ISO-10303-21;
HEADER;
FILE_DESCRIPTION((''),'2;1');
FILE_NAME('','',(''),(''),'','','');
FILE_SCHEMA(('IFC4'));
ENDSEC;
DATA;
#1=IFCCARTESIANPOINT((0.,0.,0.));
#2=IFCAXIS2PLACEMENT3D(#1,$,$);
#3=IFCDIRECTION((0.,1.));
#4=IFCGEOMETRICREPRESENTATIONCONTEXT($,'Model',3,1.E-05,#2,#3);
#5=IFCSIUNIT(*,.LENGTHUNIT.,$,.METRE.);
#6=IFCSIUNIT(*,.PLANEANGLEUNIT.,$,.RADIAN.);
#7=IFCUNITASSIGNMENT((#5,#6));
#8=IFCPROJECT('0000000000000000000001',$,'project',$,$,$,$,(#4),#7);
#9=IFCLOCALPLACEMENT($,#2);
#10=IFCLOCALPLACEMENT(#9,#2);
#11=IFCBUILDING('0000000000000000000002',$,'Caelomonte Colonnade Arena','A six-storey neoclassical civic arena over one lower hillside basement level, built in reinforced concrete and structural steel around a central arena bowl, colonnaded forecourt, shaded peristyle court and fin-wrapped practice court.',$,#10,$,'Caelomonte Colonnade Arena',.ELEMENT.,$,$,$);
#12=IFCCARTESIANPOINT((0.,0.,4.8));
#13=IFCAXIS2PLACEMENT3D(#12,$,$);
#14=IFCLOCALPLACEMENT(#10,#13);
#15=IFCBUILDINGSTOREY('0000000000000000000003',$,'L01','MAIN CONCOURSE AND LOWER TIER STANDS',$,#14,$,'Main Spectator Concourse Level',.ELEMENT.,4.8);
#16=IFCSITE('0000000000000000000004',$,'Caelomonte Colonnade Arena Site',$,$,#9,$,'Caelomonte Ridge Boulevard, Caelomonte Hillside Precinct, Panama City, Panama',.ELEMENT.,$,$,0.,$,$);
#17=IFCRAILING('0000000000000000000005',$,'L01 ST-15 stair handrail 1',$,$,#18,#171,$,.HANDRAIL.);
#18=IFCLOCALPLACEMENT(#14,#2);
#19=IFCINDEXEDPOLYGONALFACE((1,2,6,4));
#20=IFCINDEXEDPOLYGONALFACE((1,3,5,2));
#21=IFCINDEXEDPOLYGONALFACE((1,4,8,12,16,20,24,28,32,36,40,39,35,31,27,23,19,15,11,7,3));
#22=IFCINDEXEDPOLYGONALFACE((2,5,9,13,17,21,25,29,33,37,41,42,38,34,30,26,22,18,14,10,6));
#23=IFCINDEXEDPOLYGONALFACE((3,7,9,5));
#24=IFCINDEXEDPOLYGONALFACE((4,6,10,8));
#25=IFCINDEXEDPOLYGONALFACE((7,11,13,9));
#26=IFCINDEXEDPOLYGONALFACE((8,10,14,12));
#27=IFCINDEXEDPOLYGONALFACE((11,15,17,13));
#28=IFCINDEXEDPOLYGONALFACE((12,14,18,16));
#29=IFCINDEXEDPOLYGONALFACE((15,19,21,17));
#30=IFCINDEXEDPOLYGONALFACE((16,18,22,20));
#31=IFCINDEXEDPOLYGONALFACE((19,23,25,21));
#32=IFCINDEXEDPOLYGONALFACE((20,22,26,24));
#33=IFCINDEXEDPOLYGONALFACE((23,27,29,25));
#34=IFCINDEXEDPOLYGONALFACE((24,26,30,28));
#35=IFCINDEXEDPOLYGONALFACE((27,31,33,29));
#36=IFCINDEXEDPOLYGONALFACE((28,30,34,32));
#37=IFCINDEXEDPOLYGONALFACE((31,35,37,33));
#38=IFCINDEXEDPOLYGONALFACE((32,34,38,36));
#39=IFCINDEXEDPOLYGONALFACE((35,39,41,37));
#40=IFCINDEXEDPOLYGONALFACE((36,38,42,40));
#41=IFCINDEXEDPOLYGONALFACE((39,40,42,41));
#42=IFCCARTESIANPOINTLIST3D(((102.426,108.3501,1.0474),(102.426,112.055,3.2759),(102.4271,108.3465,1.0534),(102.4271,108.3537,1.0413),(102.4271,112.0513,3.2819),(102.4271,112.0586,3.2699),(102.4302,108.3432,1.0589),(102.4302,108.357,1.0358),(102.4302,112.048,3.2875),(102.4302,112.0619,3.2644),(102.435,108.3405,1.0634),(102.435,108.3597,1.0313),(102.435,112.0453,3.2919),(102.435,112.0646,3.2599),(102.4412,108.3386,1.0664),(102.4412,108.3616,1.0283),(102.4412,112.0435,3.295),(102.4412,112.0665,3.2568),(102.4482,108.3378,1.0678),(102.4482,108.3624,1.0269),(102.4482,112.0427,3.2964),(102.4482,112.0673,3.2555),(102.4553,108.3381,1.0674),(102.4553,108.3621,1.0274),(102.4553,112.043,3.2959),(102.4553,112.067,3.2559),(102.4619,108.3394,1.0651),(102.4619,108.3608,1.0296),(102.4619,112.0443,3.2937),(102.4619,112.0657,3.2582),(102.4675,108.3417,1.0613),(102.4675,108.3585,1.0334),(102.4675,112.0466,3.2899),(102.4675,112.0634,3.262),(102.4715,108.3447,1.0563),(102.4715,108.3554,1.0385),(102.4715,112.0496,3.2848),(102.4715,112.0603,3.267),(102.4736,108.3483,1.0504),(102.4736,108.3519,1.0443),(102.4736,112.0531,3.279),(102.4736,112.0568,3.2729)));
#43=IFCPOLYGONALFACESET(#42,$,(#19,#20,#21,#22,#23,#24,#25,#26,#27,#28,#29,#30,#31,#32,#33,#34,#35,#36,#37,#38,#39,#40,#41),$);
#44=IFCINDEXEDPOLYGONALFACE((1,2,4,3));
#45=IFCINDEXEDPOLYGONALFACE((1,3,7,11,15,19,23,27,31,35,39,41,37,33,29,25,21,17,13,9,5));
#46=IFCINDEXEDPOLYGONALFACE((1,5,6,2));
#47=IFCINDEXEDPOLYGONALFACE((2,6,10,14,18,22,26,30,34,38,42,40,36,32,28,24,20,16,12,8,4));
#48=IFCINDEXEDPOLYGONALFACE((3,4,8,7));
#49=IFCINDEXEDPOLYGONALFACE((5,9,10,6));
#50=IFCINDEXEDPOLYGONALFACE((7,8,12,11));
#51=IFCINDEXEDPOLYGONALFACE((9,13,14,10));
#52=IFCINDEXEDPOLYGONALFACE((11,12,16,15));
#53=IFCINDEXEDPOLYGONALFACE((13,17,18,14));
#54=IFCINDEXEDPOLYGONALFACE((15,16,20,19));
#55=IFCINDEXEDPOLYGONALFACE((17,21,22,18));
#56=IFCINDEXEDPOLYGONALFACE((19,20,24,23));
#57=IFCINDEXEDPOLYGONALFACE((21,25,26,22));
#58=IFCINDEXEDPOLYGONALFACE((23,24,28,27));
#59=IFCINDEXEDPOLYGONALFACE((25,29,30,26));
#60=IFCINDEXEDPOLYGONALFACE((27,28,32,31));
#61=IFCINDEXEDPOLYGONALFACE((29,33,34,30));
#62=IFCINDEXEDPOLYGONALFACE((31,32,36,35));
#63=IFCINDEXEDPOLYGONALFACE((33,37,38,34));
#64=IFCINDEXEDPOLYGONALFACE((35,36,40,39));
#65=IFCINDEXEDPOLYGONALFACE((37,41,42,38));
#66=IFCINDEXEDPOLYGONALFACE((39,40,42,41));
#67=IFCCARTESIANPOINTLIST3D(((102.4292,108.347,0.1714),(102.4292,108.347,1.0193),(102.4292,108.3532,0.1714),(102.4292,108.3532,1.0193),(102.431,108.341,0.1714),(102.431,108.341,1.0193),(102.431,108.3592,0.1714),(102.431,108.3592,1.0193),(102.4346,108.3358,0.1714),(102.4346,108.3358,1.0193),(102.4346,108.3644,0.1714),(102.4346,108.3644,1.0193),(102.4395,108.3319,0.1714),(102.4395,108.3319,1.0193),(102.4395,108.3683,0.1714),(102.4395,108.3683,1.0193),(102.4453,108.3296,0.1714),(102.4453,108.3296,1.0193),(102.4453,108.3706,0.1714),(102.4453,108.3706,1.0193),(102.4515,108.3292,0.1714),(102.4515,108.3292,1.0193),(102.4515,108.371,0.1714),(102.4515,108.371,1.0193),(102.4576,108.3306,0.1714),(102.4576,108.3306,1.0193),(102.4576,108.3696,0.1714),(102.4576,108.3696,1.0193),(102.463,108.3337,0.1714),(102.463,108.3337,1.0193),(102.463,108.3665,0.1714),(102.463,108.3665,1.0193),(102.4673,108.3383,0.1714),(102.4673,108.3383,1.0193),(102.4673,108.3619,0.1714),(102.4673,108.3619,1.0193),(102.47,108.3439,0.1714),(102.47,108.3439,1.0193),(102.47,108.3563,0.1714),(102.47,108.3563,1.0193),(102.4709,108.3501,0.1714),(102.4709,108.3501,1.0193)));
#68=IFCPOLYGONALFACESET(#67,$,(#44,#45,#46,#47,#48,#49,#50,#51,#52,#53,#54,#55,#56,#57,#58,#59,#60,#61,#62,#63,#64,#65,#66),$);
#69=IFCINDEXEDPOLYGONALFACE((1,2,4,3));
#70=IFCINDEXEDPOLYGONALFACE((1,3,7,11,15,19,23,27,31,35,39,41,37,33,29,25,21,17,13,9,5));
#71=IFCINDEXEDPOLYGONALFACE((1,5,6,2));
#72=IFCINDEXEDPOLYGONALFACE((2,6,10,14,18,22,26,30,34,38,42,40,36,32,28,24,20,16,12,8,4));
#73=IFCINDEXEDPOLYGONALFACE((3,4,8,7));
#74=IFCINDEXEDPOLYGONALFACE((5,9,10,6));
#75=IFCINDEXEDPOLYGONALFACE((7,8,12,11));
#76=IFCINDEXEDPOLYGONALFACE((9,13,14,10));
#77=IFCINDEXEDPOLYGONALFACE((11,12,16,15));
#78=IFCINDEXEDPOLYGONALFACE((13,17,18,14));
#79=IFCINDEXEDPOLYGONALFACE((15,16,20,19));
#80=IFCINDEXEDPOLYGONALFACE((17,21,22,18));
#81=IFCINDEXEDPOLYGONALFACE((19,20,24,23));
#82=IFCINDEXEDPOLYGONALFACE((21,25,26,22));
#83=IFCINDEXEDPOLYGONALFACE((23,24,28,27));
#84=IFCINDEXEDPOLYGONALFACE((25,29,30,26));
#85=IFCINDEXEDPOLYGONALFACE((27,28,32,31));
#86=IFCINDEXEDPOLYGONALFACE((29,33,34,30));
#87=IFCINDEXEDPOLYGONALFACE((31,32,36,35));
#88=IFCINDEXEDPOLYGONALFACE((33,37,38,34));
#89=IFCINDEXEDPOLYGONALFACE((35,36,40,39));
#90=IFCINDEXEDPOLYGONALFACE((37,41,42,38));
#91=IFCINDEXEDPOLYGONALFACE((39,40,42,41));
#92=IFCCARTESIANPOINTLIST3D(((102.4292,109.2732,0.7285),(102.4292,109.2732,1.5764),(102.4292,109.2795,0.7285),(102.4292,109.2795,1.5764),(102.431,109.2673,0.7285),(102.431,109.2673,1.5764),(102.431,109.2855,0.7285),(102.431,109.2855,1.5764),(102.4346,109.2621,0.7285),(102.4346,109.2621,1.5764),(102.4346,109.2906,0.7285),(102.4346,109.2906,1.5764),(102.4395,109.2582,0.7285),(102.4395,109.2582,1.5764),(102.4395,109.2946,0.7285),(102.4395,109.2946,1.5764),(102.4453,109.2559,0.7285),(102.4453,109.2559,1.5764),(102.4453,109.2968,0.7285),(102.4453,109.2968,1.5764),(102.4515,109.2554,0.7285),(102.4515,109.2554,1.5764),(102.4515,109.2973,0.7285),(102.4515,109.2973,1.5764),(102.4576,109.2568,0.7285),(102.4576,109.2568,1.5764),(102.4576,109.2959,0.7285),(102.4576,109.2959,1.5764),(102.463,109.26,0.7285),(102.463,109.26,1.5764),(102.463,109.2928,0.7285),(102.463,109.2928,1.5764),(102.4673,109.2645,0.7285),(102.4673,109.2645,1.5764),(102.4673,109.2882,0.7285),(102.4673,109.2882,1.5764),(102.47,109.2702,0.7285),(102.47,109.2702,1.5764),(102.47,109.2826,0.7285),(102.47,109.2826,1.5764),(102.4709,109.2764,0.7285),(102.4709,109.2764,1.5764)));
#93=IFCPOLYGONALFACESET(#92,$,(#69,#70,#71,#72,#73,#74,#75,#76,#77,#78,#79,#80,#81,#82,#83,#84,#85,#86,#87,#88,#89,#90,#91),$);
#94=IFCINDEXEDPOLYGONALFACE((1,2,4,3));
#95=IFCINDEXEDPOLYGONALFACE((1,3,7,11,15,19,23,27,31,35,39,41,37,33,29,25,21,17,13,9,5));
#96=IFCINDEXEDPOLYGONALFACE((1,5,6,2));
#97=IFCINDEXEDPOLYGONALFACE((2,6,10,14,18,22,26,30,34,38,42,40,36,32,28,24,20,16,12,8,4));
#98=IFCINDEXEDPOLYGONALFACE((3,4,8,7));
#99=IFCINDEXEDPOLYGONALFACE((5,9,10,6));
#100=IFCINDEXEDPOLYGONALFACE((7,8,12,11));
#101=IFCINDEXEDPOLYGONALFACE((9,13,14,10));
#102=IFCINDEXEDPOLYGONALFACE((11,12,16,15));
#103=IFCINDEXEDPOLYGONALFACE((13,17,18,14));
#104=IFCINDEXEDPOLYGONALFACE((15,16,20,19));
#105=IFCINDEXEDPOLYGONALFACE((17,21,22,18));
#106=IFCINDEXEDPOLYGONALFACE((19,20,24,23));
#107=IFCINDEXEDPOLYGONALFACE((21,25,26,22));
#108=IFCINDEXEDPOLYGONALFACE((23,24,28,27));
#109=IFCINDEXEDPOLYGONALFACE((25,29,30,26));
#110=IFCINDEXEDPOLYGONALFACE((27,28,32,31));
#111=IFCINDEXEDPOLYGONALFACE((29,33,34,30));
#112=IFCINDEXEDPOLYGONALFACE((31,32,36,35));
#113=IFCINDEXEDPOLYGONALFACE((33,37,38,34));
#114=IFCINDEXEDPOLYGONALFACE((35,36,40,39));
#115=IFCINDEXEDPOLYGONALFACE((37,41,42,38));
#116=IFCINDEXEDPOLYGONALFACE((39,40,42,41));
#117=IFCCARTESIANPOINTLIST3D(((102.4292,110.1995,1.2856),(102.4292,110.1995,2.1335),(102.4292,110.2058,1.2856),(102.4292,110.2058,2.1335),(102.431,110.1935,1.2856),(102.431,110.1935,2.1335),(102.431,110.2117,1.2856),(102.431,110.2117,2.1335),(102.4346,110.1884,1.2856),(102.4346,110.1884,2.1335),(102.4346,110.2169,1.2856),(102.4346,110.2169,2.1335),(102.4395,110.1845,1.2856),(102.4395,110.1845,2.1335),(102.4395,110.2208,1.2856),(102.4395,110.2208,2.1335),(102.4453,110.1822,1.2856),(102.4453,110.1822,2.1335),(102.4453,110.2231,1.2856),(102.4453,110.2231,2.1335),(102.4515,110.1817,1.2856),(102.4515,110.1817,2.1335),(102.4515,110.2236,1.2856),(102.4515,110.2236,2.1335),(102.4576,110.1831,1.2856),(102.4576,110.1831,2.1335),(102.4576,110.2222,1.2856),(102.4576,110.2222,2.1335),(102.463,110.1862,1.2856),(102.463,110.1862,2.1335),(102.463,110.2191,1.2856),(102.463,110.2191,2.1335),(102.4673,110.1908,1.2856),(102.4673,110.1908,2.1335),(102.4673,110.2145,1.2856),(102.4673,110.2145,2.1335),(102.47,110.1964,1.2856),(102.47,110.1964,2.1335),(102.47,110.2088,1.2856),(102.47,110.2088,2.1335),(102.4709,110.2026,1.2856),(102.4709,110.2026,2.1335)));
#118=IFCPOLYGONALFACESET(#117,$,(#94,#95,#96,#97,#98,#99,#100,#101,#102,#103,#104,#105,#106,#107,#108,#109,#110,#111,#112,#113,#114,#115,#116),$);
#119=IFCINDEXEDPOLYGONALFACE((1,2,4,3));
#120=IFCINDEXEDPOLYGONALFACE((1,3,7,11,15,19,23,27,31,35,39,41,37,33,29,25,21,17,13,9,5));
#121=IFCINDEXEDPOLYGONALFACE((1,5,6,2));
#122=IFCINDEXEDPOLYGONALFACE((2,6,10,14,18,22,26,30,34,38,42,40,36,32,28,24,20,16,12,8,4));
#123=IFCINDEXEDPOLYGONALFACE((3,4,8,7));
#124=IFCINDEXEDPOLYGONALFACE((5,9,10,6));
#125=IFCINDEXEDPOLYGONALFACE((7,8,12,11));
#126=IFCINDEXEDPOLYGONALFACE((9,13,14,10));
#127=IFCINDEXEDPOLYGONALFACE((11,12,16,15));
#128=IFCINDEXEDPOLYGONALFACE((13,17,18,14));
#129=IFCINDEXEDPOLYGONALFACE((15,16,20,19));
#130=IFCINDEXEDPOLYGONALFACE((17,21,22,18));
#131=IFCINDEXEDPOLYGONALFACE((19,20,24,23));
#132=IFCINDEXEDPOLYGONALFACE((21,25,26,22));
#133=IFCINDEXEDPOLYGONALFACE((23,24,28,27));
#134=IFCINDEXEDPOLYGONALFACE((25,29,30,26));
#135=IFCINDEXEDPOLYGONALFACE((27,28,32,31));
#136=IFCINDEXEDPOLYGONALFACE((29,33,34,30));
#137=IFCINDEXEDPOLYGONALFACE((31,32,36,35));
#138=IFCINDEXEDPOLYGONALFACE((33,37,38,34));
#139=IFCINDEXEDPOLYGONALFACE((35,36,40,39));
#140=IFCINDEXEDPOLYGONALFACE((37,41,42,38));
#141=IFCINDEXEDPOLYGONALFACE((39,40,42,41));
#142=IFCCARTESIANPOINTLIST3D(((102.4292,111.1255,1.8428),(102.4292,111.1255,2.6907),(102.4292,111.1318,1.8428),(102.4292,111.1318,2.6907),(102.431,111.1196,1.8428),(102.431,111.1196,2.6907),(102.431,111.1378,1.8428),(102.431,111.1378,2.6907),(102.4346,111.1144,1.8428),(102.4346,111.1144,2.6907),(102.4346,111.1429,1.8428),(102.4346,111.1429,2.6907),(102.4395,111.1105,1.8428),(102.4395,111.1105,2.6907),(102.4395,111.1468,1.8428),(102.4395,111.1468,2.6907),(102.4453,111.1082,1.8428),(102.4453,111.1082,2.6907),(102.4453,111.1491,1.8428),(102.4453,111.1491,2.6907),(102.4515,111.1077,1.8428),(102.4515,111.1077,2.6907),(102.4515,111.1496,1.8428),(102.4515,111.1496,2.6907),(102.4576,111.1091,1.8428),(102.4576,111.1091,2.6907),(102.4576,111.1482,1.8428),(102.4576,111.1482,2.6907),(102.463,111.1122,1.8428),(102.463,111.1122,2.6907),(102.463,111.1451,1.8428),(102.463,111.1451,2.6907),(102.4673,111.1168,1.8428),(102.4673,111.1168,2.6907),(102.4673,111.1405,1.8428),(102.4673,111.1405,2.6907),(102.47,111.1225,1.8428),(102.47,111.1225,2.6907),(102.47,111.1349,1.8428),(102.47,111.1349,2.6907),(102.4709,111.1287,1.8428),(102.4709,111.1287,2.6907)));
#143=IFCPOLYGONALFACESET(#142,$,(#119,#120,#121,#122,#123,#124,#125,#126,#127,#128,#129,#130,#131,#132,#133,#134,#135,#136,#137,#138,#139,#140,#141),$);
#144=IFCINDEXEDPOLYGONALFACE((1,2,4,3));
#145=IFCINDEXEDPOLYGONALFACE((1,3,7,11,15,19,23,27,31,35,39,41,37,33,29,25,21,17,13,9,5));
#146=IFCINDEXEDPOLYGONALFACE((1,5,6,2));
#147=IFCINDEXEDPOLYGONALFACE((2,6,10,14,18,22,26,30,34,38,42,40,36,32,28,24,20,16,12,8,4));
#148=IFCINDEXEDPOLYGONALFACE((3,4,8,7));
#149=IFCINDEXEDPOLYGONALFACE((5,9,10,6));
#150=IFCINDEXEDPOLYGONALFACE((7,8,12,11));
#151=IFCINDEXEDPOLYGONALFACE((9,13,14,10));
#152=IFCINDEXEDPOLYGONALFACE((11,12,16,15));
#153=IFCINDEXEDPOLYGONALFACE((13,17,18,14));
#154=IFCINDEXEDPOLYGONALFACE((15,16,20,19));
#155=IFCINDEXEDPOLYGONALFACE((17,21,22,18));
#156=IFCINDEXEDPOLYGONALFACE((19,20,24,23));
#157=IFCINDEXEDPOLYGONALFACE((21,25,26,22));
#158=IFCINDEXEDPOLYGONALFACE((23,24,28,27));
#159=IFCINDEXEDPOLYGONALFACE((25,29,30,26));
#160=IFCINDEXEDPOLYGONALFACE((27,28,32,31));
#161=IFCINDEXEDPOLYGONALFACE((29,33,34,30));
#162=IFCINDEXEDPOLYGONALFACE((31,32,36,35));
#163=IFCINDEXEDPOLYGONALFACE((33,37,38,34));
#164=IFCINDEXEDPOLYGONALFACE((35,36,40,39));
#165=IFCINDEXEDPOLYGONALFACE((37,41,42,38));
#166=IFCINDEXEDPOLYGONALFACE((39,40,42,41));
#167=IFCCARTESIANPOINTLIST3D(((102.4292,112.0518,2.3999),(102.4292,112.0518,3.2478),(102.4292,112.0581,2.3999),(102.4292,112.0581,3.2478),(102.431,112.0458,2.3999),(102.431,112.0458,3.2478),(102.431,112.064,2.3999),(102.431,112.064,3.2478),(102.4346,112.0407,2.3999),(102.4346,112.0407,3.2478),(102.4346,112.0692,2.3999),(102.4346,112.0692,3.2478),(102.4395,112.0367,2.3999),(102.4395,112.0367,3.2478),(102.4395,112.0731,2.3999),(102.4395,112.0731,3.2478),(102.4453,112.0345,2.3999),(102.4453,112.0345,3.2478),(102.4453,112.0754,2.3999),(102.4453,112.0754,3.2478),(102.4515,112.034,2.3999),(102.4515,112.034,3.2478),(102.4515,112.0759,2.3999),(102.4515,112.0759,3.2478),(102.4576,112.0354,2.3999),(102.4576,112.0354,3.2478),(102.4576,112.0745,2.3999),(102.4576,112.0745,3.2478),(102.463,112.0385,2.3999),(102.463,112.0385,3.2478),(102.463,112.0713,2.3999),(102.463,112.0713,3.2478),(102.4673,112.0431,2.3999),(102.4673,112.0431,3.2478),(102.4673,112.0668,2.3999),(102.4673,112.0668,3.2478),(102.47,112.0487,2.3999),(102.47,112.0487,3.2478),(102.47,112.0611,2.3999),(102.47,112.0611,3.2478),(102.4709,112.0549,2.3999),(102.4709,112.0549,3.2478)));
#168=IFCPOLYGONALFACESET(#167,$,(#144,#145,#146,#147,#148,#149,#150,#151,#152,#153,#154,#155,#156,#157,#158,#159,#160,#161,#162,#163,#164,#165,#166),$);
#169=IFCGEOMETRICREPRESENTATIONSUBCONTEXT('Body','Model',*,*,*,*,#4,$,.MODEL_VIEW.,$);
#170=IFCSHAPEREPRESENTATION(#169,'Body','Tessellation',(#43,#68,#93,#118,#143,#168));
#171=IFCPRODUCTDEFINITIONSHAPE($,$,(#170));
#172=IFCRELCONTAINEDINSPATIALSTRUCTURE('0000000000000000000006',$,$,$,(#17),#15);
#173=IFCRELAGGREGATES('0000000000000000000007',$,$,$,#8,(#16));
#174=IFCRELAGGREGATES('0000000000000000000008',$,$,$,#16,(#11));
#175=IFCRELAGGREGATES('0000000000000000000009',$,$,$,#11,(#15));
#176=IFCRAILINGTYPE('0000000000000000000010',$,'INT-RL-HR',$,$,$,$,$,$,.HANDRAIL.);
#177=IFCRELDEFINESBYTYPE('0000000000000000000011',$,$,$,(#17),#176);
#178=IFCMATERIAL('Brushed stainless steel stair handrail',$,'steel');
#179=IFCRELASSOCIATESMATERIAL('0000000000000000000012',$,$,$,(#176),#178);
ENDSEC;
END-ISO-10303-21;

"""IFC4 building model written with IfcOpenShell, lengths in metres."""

from ifc_helpers import new_model, si_unit, direction, frame, origin, origin_2d, place, context, subcontext, project, spatial, circle, extrude, material, type_object, element, save


model = new_model("IFC4")

# Units and contexts
model_context = context("Model", 3, precision=1e-05, world=origin(), true_north=direction((0.0, 1.0)))
body_context = subcontext(model_context, "Body", "Model", "MODEL_VIEW")
ifc_project = project(units=[si_unit("LENGTHUNIT", "METRE"), si_unit("PLANEANGLEUNIT", "RADIAN")], contexts=[model_context])

# Site, building, storey
site_placement = place(None, origin())
site = spatial("IfcSite", under=ifc_project, at=site_placement, Name="Caelomonte Colonnade Arena Site", LongName="Caelomonte Ridge Boulevard, Caelomonte Hillside Precinct, Panama City, Panama", CompositionType="ELEMENT", RefElevation=0.0)
building_placement = place(site_placement, origin())
building = spatial("IfcBuilding", under=site, at=building_placement, Name="Caelomonte Colonnade Arena", Description="A six-storey neoclassical civic arena over one lower hillside basement level, built in reinforced concrete and structural steel around a central arena bowl, colonnaded forecourt, shaded peristyle court and fin-wrapped practice court.", LongName="Caelomonte Colonnade Arena", CompositionType="ELEMENT")
storey_placement = place(building_placement, frame((0.0, 0.0, 4.8)))
storey = spatial("IfcBuildingStorey", under=building, at=storey_placement, Name="L01", Description="MAIN CONCOURSE AND LOWER TIER STANDS", LongName="Main Spectator Concourse Level", CompositionType="ELEMENT", Elevation=4.8)

# Railing
ifc_material_1 = material(Name="Brushed stainless steel stair handrail", Category="steel")
railing_type_1 = type_object("IfcRailingType", Name="INT-RL-HR", PredefinedType="HANDRAIL", material=ifc_material_1)
railing_1_placement = place(storey_placement, frame((102.45, 108.3501, 0.1714)))
element("IfcRailing", 1, at=railing_1_placement, inside=storey, type_object=railing_type_1, Name="L01 ST-15 stair handrail 1", PredefinedType="HANDRAIL", context=body_context, shape_type="SweptSolid", body=[
    extrude(circle(Radius=0.0239, at=origin_2d()), frame((0.0, 0.0, 0.876), z_axis=(0.0, 0.856919, 0.51545), x_axis=(-1.0, 0.0, 0.0)), (0.0, 0.0, 1.0), 4.3235),
    extrude(circle(Radius=0.021, at=origin_2d()), origin(), (0.0, 0.0, 1.0), 0.8479),
    extrude(circle(Radius=0.021, at=origin_2d()), frame((0.0, 0.9263, 0.5571)), (0.0, 0.0, 1.0), 0.8479),
    extrude(circle(Radius=0.021, at=origin_2d()), frame((0.0, 1.8525, 1.1143)), (0.0, 0.0, 1.0), 0.8479),
    extrude(circle(Radius=0.021, at=origin_2d()), frame((0.0, 2.7786, 1.6714)), (0.0, 0.0, 1.0), 0.8479),
    extrude(circle(Radius=0.021, at=origin_2d()), frame((0.0, 3.7048, 2.2285)), (0.0, 0.0, 1.0), 0.8479),
])

save(model, "model.ifc")
